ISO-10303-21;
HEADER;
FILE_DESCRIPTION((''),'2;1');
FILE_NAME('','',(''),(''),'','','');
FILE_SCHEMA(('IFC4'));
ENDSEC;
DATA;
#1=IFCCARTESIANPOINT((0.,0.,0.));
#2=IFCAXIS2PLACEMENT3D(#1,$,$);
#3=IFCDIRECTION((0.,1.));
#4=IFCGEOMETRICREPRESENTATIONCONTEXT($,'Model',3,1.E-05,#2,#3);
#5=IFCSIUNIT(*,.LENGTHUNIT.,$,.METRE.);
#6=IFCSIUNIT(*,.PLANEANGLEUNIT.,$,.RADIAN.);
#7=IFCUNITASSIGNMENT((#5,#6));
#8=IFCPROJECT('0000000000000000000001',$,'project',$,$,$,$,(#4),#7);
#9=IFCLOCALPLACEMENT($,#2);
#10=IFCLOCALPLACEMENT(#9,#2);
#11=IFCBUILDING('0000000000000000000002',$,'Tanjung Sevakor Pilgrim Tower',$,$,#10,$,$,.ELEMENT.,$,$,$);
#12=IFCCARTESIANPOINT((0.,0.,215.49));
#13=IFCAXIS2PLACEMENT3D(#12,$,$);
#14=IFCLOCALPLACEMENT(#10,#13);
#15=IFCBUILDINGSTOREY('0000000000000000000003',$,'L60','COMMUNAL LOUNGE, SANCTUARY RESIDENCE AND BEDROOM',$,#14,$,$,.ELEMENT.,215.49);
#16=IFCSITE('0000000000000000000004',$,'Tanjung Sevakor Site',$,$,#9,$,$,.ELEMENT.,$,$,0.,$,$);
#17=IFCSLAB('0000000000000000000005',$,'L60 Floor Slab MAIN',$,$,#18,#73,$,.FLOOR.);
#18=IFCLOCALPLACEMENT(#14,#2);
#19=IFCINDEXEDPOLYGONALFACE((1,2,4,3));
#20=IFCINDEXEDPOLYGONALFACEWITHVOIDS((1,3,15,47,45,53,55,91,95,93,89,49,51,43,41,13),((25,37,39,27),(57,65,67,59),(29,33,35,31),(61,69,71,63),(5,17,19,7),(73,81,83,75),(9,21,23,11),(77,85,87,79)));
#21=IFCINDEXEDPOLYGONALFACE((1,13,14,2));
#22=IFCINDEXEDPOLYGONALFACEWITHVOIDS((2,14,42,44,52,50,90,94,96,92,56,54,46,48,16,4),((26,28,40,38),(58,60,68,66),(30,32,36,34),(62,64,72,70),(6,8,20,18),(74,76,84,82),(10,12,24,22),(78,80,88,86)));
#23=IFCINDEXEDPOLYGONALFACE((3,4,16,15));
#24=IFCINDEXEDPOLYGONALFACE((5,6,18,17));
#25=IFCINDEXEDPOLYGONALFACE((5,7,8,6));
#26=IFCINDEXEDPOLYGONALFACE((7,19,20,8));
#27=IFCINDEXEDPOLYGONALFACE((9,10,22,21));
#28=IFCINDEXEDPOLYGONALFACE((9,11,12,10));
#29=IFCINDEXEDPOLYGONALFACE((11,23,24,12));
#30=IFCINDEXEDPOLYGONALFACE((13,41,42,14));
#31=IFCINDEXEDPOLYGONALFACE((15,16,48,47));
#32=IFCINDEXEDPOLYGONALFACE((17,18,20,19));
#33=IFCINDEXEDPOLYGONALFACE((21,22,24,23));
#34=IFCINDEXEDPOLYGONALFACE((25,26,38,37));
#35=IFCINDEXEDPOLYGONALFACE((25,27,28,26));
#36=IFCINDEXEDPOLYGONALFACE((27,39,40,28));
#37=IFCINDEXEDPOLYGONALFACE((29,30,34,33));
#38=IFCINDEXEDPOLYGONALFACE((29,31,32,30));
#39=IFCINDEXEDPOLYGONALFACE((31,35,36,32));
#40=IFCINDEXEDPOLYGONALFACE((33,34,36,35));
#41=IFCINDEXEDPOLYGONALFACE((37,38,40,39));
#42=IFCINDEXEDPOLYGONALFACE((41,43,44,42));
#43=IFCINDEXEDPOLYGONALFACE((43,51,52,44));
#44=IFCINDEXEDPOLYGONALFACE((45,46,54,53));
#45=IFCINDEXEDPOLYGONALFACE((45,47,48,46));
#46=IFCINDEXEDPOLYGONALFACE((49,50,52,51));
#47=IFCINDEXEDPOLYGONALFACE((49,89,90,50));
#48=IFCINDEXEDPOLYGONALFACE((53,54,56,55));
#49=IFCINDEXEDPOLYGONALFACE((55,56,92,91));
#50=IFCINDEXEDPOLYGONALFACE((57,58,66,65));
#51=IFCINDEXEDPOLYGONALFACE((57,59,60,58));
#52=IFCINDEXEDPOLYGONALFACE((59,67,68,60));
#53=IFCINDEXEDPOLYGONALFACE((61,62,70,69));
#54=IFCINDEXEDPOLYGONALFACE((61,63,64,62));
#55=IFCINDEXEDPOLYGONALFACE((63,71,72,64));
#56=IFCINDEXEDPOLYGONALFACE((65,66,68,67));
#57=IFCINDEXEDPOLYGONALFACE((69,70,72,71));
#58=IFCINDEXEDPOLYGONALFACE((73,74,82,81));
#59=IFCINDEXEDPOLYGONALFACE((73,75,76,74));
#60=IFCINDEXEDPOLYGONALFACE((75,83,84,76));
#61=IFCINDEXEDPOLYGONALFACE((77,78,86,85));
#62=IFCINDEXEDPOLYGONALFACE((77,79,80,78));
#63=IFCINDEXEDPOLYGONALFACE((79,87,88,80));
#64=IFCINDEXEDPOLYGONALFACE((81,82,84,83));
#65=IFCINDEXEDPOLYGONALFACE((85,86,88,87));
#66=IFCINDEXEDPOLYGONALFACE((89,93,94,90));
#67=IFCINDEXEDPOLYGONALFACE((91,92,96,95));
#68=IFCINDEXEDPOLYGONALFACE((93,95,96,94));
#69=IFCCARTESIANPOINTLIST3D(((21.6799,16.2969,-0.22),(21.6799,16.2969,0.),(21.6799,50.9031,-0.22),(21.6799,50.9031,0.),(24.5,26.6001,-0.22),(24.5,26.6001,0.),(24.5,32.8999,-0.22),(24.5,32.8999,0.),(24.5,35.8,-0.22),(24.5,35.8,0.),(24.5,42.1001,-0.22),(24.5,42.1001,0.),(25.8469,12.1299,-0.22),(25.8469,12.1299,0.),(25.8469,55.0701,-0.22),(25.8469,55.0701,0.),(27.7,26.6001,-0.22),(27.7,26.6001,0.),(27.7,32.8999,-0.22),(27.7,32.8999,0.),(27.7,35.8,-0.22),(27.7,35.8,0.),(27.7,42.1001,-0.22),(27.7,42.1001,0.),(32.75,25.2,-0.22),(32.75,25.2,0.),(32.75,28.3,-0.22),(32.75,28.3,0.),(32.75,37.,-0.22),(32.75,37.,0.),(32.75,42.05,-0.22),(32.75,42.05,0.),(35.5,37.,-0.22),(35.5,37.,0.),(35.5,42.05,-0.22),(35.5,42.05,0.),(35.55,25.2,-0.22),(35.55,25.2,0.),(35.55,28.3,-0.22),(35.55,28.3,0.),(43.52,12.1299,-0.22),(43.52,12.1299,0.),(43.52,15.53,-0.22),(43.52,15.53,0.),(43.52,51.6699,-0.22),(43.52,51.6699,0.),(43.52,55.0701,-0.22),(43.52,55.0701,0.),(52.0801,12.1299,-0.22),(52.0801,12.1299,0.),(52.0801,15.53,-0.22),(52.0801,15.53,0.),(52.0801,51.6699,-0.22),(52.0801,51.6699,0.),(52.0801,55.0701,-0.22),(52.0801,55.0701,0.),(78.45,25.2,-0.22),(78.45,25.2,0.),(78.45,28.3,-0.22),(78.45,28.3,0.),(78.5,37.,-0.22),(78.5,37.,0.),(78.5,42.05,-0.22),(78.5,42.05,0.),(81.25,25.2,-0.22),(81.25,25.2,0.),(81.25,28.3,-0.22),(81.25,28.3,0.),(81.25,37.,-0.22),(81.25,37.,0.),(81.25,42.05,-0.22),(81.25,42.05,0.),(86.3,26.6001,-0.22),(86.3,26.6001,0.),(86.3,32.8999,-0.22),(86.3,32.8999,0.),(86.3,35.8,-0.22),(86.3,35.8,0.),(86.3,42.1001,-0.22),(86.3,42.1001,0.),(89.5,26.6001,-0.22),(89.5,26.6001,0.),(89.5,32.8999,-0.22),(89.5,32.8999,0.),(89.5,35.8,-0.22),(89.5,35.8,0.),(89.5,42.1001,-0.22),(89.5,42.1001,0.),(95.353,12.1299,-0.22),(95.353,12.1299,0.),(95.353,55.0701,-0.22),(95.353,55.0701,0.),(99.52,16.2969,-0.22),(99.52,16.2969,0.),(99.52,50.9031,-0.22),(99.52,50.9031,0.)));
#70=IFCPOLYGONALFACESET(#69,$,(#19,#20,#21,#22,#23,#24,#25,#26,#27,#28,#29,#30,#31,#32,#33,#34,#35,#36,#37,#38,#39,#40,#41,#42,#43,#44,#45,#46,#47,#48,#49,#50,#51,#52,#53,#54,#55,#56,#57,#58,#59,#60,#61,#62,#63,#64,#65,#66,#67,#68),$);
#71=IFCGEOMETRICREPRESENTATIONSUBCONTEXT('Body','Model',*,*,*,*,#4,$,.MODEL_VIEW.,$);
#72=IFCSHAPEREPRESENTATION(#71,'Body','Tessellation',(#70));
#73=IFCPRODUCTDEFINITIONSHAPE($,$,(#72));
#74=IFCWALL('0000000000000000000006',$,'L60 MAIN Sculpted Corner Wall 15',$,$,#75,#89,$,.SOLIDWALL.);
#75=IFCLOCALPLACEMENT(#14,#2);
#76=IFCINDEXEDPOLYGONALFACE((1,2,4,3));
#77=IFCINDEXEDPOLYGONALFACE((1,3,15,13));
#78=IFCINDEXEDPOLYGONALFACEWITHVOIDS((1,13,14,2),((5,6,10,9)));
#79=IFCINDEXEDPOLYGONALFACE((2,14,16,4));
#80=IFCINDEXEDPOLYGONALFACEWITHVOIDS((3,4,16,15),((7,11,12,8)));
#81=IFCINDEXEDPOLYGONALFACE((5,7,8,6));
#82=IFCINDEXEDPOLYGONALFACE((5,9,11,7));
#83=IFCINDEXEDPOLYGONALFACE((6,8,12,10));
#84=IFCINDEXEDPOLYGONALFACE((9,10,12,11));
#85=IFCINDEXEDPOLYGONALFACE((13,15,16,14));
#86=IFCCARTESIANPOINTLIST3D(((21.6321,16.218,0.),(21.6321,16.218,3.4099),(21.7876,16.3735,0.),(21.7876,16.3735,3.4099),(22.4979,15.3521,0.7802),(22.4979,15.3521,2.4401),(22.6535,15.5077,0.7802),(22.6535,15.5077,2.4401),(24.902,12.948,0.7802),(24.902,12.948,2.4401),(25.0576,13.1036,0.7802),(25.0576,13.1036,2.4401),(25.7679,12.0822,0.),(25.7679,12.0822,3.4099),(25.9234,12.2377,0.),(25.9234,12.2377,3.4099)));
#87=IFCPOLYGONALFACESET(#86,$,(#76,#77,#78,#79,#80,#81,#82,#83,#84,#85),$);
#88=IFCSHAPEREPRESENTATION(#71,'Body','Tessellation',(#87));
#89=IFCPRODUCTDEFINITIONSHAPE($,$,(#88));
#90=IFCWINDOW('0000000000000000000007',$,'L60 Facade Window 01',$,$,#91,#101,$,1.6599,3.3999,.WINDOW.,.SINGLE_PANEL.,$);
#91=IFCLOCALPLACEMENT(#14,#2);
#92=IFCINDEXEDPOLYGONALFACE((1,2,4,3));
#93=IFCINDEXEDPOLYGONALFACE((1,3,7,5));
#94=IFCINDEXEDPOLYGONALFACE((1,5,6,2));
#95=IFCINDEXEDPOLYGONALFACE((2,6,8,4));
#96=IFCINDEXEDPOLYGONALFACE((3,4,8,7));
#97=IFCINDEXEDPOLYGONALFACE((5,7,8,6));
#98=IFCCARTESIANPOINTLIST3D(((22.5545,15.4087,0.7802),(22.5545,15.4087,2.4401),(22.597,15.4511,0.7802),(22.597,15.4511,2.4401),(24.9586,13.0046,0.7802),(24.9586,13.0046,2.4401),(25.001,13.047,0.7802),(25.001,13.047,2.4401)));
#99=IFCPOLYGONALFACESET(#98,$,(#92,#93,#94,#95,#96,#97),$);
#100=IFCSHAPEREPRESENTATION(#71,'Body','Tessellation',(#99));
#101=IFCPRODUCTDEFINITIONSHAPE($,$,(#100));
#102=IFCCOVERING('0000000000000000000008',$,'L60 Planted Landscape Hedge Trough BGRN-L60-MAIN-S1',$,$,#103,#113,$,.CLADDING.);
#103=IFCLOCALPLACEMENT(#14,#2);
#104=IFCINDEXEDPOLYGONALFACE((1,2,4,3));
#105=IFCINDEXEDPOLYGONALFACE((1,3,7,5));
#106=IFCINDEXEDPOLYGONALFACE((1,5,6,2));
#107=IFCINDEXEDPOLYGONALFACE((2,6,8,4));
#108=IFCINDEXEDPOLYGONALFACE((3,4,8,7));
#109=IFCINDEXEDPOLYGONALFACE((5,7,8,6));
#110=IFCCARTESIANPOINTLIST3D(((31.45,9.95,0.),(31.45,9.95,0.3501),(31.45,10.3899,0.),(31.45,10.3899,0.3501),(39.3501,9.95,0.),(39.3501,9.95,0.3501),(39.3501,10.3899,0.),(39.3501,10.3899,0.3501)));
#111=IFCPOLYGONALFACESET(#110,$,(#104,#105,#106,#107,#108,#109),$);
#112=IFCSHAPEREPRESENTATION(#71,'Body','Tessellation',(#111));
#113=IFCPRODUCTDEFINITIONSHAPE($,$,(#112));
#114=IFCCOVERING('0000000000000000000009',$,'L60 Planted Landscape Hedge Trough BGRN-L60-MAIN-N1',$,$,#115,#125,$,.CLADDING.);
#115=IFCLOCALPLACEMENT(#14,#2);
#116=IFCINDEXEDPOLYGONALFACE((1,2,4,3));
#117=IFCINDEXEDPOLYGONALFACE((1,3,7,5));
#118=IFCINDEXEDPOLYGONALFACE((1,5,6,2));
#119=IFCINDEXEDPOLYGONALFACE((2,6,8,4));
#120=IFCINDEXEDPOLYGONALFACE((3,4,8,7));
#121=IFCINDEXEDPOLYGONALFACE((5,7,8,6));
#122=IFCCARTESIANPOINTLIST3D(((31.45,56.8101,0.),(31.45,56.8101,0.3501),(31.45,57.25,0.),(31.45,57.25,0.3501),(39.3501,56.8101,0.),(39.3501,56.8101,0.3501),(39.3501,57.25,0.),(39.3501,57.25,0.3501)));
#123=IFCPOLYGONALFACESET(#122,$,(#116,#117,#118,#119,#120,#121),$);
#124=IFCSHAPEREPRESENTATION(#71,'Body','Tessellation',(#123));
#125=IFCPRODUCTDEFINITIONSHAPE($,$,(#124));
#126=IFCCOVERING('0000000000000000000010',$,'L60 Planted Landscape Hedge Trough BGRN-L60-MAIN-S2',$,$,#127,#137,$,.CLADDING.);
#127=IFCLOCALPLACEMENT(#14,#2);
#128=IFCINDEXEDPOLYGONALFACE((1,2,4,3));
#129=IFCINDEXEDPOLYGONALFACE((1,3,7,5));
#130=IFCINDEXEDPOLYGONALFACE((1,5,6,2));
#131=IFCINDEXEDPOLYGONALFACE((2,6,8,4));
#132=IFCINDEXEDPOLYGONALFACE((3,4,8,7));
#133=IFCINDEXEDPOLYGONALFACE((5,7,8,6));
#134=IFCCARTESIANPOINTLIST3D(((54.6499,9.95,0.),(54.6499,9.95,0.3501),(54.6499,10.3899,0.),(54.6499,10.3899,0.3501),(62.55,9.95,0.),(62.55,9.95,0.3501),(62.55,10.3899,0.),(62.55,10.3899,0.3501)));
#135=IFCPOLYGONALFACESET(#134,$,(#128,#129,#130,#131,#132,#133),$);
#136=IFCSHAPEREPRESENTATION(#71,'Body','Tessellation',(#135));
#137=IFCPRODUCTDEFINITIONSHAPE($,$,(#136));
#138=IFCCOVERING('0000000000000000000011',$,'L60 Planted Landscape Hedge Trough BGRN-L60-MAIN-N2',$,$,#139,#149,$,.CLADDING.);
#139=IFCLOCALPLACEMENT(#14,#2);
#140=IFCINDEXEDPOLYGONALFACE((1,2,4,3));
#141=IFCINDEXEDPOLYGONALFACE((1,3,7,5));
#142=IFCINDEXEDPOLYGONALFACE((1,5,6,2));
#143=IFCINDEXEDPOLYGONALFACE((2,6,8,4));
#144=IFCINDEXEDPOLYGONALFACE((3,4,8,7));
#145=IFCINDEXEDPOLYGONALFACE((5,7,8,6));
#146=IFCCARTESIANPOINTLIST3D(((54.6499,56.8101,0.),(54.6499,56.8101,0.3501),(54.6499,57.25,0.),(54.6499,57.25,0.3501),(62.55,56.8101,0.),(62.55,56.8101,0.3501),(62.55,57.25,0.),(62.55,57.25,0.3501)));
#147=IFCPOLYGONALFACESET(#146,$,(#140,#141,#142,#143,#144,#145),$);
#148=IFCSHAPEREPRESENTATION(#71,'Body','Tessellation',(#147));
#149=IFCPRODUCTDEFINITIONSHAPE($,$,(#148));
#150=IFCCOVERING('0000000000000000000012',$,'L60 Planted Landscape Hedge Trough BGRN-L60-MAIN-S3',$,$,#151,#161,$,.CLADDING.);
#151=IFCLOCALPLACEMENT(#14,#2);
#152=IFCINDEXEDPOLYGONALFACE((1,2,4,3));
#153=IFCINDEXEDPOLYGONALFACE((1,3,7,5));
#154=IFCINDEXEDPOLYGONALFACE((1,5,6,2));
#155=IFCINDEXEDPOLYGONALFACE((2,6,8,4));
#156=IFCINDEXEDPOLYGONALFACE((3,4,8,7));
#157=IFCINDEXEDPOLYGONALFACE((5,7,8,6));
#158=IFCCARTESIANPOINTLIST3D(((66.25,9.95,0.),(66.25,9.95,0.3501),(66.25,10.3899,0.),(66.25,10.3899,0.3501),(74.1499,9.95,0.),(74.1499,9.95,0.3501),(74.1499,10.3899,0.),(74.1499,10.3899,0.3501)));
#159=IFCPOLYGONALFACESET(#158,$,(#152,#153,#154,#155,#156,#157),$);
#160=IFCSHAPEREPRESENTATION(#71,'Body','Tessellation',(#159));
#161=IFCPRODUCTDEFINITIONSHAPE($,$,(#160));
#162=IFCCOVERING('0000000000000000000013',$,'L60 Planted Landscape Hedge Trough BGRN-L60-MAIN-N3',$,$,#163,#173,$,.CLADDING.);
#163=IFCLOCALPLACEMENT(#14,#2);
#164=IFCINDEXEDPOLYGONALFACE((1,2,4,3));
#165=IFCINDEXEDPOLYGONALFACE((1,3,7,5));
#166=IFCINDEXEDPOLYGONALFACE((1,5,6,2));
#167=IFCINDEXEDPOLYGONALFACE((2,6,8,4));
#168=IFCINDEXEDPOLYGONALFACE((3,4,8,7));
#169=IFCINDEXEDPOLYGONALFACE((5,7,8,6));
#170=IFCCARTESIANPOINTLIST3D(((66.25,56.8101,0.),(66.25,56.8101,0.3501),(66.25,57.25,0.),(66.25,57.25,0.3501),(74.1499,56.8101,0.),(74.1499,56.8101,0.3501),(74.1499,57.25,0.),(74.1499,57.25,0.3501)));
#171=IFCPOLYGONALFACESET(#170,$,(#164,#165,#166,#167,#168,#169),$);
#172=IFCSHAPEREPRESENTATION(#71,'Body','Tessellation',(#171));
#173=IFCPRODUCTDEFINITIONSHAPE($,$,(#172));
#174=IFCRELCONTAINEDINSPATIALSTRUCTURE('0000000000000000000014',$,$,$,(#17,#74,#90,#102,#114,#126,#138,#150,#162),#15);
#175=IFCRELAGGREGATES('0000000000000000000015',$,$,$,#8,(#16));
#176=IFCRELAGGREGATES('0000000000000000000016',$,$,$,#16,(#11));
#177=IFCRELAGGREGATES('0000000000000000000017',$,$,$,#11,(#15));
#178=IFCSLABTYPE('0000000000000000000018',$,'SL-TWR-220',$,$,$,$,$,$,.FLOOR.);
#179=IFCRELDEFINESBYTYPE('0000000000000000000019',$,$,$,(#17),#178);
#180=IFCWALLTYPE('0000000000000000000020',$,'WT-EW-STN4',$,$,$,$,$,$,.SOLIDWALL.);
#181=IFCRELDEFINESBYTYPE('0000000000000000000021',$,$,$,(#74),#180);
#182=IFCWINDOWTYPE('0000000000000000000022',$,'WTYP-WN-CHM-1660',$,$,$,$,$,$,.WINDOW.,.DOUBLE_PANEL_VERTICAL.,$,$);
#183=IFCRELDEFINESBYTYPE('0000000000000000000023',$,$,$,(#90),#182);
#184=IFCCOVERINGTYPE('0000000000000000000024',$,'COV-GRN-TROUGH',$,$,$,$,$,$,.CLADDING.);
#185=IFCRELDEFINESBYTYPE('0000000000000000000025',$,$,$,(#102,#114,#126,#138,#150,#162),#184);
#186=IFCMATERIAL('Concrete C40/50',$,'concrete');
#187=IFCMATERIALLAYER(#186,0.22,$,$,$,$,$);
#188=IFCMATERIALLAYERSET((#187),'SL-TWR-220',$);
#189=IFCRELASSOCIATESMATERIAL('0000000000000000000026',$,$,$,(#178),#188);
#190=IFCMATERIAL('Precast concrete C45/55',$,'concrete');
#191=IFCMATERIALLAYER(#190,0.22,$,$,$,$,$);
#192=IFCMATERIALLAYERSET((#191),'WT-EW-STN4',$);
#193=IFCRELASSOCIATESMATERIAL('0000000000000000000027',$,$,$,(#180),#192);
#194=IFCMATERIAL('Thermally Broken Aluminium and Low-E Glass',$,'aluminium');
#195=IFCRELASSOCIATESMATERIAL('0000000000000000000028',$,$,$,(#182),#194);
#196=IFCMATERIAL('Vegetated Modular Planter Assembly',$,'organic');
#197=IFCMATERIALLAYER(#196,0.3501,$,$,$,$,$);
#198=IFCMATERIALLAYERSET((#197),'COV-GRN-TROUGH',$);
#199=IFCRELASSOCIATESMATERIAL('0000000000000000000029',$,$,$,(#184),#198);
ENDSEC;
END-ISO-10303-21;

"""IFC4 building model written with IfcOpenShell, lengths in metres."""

from ifc_helpers import new_model, si_unit, direction, frame, frame_2d, origin, place, context, subcontext, project, spatial, polyline, rectangle, outline, extrude, material, layer, layer_set, type_object, element, fill, save


model = new_model("IFC4")

# Units and contexts
model_context = context("Model", 3, precision=1e-05, world=origin(), true_north=direction((0.0, 1.0)))
body_context = subcontext(model_context, "Body", "Model", "MODEL_VIEW")
ifc_project = project(units=[si_unit("LENGTHUNIT", "METRE"), si_unit("PLANEANGLEUNIT", "RADIAN")], contexts=[model_context])

# Site, building, storey
site_placement = place(None, origin())
site = spatial("IfcSite", under=ifc_project, at=site_placement, Name="Tanjung Sevakor Site", CompositionType="ELEMENT", RefElevation=0.0)
building_placement = place(site_placement, origin())
building = spatial("IfcBuilding", under=site, at=building_placement, Name="Tanjung Sevakor Pilgrim Tower", CompositionType="ELEMENT")
storey_placement = place(building_placement, frame((0.0, 0.0, 215.49)))
storey = spatial("IfcBuildingStorey", under=building, at=storey_placement, Name="L60", Description="COMMUNAL LOUNGE, SANCTUARY RESIDENCE AND BEDROOM", CompositionType="ELEMENT", Elevation=215.49)

# Slab
ifc_material_1 = material(Name="Concrete C40/50", Category="concrete")
ifc_layer_1 = layer(ifc_material_1, 0.22)
ifc_layer_set_1 = layer_set([ifc_layer_1], Name="SL-TWR-220")
slab_type_1 = type_object("IfcSlabType", Name="SL-TWR-220", PredefinedType="FLOOR", material=ifc_layer_set_1)
slab_1_placement = place(storey_placement, frame((0.0, 0.0, -0.22)))
element("IfcSlab", 1, at=slab_1_placement, inside=storey, type_object=slab_type_1, Name="L60 Floor Slab MAIN", PredefinedType="FLOOR", context=body_context, shape_type="SweptSolid", body=[
    extrude(outline(polyline([(25.8469, 12.1299), (43.52, 12.1299), (43.52, 15.53), (52.0801, 15.53), (52.0801, 12.1299), (95.353, 12.1299), (99.52, 16.2969), (99.52, 50.9031), (95.353, 55.0701), (52.0801, 55.0701), (52.0801, 51.6699), (43.52, 51.6699), (43.52, 55.0701), (25.8469, 55.0701), (21.6799, 50.9031), (21.6799, 16.2969), (25.8469, 12.1299)]), holes=[polyline([(27.7, 26.6001), (27.7, 32.8999), (24.5, 32.8999), (24.5, 26.6001), (27.7, 26.6001)]), polyline([(27.7, 35.8), (27.7, 42.1001), (24.5, 42.1001), (24.5, 35.8), (27.7, 35.8)]), polyline([(89.5, 26.6001), (89.5, 32.8999), (86.3, 32.8999), (86.3, 26.6001), (89.5, 26.6001)]), polyline([(89.5, 35.8), (89.5, 42.1001), (86.3, 42.1001), (86.3, 35.8), (89.5, 35.8)]), polyline([(32.75, 25.2), (35.55, 25.2), (35.55, 28.3), (32.75, 28.3), (32.75, 25.2)]), polyline([(32.75, 37.0), (35.5, 37.0), (35.5, 42.05), (32.75, 42.05), (32.75, 37.0)]), polyline([(78.45, 25.2), (81.25, 25.2), (81.25, 28.3), (78.45, 28.3), (78.45, 25.2)]), polyline([(78.5, 37.0), (81.25, 37.0), (81.25, 42.05), (78.5, 42.05), (78.5, 37.0)])]), origin(), (0.0, 0.0, 1.0), 0.22),
])

# Wall, opening, window
ifc_material_2 = material(Name="Precast concrete C45/55", Category="concrete")
ifc_layer_2 = layer(ifc_material_2, 0.22)
ifc_layer_set_2 = layer_set([ifc_layer_2], Name="WT-EW-STN4")
wall_type = type_object("IfcWallType", Name="WT-EW-STN4", PredefinedType="SOLIDWALL", material=ifc_layer_set_2)
wall_placement = place(storey_placement, frame((21.71, 16.2957, 0.0), z_axis=(0.0, 0.0, 1.0), x_axis=(0.707107, -0.707107, 0.0)))
wall = element("IfcWall", 2, at=wall_placement, inside=storey, type_object=wall_type, Name="L60 MAIN Sculpted Corner Wall 15", PredefinedType="SOLIDWALL", context=body_context, shape_type="SweptSolid", body=[
    extrude(rectangle(XDim=5.8489, YDim=0.22, at=frame_2d((2.9243, 0.0))), origin(), (0.0, 0.0, 1.0), 3.4099),
])
opening_placement = place(wall_placement, frame((1.2244, 0.0, 0.78)))
opening = element("IfcOpeningElement", 3, at=opening_placement, cuts=wall, PredefinedType="OPENING", context=body_context, shape_type="SweptSolid", body=[
    extrude(rectangle(XDim=3.3999, YDim=1.6599, at=frame_2d((1.7, 0.8301))), frame((0.0, 0.1199, 0.0), z_axis=(0.0, -1.0, 0.0), x_axis=(1.0, 0.0, 0.0)), (0.0, 0.0, 1.0), 0.24),
])
ifc_material_3 = material(Name="Thermally Broken Aluminium and Low-E Glass", Category="aluminium")
window_type = type_object("IfcWindowType", Name="WTYP-WN-CHM-1660", PartitioningType="DOUBLE_PANEL_VERTICAL", PredefinedType="WINDOW", material=ifc_material_3)
window_placement = place(opening_placement, origin())
window = element("IfcWindow", 4, at=window_placement, inside=storey, type_object=window_type, Name="L60 Facade Window 01", OverallHeight=1.6599, OverallWidth=3.3999, PartitioningType="SINGLE_PANEL", PredefinedType="WINDOW", context=body_context, shape_type="SweptSolid", body=[
    extrude(rectangle(XDim=3.3999, YDim=1.6599, at=frame_2d((1.7, 0.8301))), frame((0.0, 0.03, 0.0), z_axis=(0.0, -1.0, 0.0), x_axis=(1.0, 0.0, 0.0)), (0.0, 0.0, 1.0), 0.0601),
])
fill(opening, window)

# Coverings
ifc_material_4 = material(Name="Vegetated Modular Planter Assembly", Category="organic")
ifc_layer_3 = layer(ifc_material_4, 0.3501)
ifc_layer_set_3 = layer_set([ifc_layer_3], Name="COV-GRN-TROUGH")
covering_type = type_object("IfcCoveringType", Name="COV-GRN-TROUGH", PredefinedType="CLADDING", material=ifc_layer_set_3)
covering_1_placement = place(storey_placement, origin())
element("IfcCovering", 5, at=covering_1_placement, inside=storey, type_object=covering_type, Name="L60 Planted Landscape Hedge Trough BGRN-L60-MAIN-S1", PredefinedType="CLADDING", context=body_context, shape_type="SweptSolid", body=[
    extrude(outline(polyline([(31.45, 9.95), (39.3501, 9.95), (39.3501, 10.3899), (31.45, 10.3899), (31.45, 9.95)])), origin(), (0.0, 0.0, 1.0), 0.3501),
])
covering_2_placement = place(storey_placement, origin())
element("IfcCovering", 6, at=covering_2_placement, inside=storey, type_object=covering_type, Name="L60 Planted Landscape Hedge Trough BGRN-L60-MAIN-N1", PredefinedType="CLADDING", context=body_context, shape_type="SweptSolid", body=[
    extrude(outline(polyline([(31.45, 56.8101), (39.3501, 56.8101), (39.3501, 57.25), (31.45, 57.25), (31.45, 56.8101)])), origin(), (0.0, 0.0, 1.0), 0.3501),
])
covering_3_placement = place(storey_placement, origin())
element("IfcCovering", 7, at=covering_3_placement, inside=storey, type_object=covering_type, Name="L60 Planted Landscape Hedge Trough BGRN-L60-MAIN-S2", PredefinedType="CLADDING", context=body_context, shape_type="SweptSolid", body=[
    extrude(outline(polyline([(54.6499, 9.95), (62.55, 9.95), (62.55, 10.3899), (54.6499, 10.3899), (54.6499, 9.95)])), origin(), (0.0, 0.0, 1.0), 0.3501),
])
covering_4_placement = place(storey_placement, origin())
element("IfcCovering", 8, at=covering_4_placement, inside=storey, type_object=covering_type, Name="L60 Planted Landscape Hedge Trough BGRN-L60-MAIN-N2", PredefinedType="CLADDING", context=body_context, shape_type="SweptSolid", body=[
    extrude(outline(polyline([(54.6499, 56.8101), (62.55, 56.8101), (62.55, 57.25), (54.6499, 57.25), (54.6499, 56.8101)])), origin(), (0.0, 0.0, 1.0), 0.3501),
])
covering_5_placement = place(storey_placement, origin())
element("IfcCovering", 9, at=covering_5_placement, inside=storey, type_object=covering_type, Name="L60 Planted Landscape Hedge Trough BGRN-L60-MAIN-S3", PredefinedType="CLADDING", context=body_context, shape_type="SweptSolid", body=[
    extrude(outline(polyline([(66.25, 9.95), (74.1499, 9.95), (74.1499, 10.3899), (66.25, 10.3899), (66.25, 9.95)])), origin(), (0.0, 0.0, 1.0), 0.3501),
])
covering_6_placement = place(storey_placement, origin())
element("IfcCovering", 10, at=covering_6_placement, inside=storey, type_object=covering_type, Name="L60 Planted Landscape Hedge Trough BGRN-L60-MAIN-N3", PredefinedType="CLADDING", context=body_context, shape_type="SweptSolid", body=[
    extrude(outline(polyline([(66.25, 56.8101), (74.1499, 56.8101), (74.1499, 57.25), (66.25, 57.25), (66.25, 56.8101)])), origin(), (0.0, 0.0, 1.0), 0.3501),
])

save(model, "model.ifc")
